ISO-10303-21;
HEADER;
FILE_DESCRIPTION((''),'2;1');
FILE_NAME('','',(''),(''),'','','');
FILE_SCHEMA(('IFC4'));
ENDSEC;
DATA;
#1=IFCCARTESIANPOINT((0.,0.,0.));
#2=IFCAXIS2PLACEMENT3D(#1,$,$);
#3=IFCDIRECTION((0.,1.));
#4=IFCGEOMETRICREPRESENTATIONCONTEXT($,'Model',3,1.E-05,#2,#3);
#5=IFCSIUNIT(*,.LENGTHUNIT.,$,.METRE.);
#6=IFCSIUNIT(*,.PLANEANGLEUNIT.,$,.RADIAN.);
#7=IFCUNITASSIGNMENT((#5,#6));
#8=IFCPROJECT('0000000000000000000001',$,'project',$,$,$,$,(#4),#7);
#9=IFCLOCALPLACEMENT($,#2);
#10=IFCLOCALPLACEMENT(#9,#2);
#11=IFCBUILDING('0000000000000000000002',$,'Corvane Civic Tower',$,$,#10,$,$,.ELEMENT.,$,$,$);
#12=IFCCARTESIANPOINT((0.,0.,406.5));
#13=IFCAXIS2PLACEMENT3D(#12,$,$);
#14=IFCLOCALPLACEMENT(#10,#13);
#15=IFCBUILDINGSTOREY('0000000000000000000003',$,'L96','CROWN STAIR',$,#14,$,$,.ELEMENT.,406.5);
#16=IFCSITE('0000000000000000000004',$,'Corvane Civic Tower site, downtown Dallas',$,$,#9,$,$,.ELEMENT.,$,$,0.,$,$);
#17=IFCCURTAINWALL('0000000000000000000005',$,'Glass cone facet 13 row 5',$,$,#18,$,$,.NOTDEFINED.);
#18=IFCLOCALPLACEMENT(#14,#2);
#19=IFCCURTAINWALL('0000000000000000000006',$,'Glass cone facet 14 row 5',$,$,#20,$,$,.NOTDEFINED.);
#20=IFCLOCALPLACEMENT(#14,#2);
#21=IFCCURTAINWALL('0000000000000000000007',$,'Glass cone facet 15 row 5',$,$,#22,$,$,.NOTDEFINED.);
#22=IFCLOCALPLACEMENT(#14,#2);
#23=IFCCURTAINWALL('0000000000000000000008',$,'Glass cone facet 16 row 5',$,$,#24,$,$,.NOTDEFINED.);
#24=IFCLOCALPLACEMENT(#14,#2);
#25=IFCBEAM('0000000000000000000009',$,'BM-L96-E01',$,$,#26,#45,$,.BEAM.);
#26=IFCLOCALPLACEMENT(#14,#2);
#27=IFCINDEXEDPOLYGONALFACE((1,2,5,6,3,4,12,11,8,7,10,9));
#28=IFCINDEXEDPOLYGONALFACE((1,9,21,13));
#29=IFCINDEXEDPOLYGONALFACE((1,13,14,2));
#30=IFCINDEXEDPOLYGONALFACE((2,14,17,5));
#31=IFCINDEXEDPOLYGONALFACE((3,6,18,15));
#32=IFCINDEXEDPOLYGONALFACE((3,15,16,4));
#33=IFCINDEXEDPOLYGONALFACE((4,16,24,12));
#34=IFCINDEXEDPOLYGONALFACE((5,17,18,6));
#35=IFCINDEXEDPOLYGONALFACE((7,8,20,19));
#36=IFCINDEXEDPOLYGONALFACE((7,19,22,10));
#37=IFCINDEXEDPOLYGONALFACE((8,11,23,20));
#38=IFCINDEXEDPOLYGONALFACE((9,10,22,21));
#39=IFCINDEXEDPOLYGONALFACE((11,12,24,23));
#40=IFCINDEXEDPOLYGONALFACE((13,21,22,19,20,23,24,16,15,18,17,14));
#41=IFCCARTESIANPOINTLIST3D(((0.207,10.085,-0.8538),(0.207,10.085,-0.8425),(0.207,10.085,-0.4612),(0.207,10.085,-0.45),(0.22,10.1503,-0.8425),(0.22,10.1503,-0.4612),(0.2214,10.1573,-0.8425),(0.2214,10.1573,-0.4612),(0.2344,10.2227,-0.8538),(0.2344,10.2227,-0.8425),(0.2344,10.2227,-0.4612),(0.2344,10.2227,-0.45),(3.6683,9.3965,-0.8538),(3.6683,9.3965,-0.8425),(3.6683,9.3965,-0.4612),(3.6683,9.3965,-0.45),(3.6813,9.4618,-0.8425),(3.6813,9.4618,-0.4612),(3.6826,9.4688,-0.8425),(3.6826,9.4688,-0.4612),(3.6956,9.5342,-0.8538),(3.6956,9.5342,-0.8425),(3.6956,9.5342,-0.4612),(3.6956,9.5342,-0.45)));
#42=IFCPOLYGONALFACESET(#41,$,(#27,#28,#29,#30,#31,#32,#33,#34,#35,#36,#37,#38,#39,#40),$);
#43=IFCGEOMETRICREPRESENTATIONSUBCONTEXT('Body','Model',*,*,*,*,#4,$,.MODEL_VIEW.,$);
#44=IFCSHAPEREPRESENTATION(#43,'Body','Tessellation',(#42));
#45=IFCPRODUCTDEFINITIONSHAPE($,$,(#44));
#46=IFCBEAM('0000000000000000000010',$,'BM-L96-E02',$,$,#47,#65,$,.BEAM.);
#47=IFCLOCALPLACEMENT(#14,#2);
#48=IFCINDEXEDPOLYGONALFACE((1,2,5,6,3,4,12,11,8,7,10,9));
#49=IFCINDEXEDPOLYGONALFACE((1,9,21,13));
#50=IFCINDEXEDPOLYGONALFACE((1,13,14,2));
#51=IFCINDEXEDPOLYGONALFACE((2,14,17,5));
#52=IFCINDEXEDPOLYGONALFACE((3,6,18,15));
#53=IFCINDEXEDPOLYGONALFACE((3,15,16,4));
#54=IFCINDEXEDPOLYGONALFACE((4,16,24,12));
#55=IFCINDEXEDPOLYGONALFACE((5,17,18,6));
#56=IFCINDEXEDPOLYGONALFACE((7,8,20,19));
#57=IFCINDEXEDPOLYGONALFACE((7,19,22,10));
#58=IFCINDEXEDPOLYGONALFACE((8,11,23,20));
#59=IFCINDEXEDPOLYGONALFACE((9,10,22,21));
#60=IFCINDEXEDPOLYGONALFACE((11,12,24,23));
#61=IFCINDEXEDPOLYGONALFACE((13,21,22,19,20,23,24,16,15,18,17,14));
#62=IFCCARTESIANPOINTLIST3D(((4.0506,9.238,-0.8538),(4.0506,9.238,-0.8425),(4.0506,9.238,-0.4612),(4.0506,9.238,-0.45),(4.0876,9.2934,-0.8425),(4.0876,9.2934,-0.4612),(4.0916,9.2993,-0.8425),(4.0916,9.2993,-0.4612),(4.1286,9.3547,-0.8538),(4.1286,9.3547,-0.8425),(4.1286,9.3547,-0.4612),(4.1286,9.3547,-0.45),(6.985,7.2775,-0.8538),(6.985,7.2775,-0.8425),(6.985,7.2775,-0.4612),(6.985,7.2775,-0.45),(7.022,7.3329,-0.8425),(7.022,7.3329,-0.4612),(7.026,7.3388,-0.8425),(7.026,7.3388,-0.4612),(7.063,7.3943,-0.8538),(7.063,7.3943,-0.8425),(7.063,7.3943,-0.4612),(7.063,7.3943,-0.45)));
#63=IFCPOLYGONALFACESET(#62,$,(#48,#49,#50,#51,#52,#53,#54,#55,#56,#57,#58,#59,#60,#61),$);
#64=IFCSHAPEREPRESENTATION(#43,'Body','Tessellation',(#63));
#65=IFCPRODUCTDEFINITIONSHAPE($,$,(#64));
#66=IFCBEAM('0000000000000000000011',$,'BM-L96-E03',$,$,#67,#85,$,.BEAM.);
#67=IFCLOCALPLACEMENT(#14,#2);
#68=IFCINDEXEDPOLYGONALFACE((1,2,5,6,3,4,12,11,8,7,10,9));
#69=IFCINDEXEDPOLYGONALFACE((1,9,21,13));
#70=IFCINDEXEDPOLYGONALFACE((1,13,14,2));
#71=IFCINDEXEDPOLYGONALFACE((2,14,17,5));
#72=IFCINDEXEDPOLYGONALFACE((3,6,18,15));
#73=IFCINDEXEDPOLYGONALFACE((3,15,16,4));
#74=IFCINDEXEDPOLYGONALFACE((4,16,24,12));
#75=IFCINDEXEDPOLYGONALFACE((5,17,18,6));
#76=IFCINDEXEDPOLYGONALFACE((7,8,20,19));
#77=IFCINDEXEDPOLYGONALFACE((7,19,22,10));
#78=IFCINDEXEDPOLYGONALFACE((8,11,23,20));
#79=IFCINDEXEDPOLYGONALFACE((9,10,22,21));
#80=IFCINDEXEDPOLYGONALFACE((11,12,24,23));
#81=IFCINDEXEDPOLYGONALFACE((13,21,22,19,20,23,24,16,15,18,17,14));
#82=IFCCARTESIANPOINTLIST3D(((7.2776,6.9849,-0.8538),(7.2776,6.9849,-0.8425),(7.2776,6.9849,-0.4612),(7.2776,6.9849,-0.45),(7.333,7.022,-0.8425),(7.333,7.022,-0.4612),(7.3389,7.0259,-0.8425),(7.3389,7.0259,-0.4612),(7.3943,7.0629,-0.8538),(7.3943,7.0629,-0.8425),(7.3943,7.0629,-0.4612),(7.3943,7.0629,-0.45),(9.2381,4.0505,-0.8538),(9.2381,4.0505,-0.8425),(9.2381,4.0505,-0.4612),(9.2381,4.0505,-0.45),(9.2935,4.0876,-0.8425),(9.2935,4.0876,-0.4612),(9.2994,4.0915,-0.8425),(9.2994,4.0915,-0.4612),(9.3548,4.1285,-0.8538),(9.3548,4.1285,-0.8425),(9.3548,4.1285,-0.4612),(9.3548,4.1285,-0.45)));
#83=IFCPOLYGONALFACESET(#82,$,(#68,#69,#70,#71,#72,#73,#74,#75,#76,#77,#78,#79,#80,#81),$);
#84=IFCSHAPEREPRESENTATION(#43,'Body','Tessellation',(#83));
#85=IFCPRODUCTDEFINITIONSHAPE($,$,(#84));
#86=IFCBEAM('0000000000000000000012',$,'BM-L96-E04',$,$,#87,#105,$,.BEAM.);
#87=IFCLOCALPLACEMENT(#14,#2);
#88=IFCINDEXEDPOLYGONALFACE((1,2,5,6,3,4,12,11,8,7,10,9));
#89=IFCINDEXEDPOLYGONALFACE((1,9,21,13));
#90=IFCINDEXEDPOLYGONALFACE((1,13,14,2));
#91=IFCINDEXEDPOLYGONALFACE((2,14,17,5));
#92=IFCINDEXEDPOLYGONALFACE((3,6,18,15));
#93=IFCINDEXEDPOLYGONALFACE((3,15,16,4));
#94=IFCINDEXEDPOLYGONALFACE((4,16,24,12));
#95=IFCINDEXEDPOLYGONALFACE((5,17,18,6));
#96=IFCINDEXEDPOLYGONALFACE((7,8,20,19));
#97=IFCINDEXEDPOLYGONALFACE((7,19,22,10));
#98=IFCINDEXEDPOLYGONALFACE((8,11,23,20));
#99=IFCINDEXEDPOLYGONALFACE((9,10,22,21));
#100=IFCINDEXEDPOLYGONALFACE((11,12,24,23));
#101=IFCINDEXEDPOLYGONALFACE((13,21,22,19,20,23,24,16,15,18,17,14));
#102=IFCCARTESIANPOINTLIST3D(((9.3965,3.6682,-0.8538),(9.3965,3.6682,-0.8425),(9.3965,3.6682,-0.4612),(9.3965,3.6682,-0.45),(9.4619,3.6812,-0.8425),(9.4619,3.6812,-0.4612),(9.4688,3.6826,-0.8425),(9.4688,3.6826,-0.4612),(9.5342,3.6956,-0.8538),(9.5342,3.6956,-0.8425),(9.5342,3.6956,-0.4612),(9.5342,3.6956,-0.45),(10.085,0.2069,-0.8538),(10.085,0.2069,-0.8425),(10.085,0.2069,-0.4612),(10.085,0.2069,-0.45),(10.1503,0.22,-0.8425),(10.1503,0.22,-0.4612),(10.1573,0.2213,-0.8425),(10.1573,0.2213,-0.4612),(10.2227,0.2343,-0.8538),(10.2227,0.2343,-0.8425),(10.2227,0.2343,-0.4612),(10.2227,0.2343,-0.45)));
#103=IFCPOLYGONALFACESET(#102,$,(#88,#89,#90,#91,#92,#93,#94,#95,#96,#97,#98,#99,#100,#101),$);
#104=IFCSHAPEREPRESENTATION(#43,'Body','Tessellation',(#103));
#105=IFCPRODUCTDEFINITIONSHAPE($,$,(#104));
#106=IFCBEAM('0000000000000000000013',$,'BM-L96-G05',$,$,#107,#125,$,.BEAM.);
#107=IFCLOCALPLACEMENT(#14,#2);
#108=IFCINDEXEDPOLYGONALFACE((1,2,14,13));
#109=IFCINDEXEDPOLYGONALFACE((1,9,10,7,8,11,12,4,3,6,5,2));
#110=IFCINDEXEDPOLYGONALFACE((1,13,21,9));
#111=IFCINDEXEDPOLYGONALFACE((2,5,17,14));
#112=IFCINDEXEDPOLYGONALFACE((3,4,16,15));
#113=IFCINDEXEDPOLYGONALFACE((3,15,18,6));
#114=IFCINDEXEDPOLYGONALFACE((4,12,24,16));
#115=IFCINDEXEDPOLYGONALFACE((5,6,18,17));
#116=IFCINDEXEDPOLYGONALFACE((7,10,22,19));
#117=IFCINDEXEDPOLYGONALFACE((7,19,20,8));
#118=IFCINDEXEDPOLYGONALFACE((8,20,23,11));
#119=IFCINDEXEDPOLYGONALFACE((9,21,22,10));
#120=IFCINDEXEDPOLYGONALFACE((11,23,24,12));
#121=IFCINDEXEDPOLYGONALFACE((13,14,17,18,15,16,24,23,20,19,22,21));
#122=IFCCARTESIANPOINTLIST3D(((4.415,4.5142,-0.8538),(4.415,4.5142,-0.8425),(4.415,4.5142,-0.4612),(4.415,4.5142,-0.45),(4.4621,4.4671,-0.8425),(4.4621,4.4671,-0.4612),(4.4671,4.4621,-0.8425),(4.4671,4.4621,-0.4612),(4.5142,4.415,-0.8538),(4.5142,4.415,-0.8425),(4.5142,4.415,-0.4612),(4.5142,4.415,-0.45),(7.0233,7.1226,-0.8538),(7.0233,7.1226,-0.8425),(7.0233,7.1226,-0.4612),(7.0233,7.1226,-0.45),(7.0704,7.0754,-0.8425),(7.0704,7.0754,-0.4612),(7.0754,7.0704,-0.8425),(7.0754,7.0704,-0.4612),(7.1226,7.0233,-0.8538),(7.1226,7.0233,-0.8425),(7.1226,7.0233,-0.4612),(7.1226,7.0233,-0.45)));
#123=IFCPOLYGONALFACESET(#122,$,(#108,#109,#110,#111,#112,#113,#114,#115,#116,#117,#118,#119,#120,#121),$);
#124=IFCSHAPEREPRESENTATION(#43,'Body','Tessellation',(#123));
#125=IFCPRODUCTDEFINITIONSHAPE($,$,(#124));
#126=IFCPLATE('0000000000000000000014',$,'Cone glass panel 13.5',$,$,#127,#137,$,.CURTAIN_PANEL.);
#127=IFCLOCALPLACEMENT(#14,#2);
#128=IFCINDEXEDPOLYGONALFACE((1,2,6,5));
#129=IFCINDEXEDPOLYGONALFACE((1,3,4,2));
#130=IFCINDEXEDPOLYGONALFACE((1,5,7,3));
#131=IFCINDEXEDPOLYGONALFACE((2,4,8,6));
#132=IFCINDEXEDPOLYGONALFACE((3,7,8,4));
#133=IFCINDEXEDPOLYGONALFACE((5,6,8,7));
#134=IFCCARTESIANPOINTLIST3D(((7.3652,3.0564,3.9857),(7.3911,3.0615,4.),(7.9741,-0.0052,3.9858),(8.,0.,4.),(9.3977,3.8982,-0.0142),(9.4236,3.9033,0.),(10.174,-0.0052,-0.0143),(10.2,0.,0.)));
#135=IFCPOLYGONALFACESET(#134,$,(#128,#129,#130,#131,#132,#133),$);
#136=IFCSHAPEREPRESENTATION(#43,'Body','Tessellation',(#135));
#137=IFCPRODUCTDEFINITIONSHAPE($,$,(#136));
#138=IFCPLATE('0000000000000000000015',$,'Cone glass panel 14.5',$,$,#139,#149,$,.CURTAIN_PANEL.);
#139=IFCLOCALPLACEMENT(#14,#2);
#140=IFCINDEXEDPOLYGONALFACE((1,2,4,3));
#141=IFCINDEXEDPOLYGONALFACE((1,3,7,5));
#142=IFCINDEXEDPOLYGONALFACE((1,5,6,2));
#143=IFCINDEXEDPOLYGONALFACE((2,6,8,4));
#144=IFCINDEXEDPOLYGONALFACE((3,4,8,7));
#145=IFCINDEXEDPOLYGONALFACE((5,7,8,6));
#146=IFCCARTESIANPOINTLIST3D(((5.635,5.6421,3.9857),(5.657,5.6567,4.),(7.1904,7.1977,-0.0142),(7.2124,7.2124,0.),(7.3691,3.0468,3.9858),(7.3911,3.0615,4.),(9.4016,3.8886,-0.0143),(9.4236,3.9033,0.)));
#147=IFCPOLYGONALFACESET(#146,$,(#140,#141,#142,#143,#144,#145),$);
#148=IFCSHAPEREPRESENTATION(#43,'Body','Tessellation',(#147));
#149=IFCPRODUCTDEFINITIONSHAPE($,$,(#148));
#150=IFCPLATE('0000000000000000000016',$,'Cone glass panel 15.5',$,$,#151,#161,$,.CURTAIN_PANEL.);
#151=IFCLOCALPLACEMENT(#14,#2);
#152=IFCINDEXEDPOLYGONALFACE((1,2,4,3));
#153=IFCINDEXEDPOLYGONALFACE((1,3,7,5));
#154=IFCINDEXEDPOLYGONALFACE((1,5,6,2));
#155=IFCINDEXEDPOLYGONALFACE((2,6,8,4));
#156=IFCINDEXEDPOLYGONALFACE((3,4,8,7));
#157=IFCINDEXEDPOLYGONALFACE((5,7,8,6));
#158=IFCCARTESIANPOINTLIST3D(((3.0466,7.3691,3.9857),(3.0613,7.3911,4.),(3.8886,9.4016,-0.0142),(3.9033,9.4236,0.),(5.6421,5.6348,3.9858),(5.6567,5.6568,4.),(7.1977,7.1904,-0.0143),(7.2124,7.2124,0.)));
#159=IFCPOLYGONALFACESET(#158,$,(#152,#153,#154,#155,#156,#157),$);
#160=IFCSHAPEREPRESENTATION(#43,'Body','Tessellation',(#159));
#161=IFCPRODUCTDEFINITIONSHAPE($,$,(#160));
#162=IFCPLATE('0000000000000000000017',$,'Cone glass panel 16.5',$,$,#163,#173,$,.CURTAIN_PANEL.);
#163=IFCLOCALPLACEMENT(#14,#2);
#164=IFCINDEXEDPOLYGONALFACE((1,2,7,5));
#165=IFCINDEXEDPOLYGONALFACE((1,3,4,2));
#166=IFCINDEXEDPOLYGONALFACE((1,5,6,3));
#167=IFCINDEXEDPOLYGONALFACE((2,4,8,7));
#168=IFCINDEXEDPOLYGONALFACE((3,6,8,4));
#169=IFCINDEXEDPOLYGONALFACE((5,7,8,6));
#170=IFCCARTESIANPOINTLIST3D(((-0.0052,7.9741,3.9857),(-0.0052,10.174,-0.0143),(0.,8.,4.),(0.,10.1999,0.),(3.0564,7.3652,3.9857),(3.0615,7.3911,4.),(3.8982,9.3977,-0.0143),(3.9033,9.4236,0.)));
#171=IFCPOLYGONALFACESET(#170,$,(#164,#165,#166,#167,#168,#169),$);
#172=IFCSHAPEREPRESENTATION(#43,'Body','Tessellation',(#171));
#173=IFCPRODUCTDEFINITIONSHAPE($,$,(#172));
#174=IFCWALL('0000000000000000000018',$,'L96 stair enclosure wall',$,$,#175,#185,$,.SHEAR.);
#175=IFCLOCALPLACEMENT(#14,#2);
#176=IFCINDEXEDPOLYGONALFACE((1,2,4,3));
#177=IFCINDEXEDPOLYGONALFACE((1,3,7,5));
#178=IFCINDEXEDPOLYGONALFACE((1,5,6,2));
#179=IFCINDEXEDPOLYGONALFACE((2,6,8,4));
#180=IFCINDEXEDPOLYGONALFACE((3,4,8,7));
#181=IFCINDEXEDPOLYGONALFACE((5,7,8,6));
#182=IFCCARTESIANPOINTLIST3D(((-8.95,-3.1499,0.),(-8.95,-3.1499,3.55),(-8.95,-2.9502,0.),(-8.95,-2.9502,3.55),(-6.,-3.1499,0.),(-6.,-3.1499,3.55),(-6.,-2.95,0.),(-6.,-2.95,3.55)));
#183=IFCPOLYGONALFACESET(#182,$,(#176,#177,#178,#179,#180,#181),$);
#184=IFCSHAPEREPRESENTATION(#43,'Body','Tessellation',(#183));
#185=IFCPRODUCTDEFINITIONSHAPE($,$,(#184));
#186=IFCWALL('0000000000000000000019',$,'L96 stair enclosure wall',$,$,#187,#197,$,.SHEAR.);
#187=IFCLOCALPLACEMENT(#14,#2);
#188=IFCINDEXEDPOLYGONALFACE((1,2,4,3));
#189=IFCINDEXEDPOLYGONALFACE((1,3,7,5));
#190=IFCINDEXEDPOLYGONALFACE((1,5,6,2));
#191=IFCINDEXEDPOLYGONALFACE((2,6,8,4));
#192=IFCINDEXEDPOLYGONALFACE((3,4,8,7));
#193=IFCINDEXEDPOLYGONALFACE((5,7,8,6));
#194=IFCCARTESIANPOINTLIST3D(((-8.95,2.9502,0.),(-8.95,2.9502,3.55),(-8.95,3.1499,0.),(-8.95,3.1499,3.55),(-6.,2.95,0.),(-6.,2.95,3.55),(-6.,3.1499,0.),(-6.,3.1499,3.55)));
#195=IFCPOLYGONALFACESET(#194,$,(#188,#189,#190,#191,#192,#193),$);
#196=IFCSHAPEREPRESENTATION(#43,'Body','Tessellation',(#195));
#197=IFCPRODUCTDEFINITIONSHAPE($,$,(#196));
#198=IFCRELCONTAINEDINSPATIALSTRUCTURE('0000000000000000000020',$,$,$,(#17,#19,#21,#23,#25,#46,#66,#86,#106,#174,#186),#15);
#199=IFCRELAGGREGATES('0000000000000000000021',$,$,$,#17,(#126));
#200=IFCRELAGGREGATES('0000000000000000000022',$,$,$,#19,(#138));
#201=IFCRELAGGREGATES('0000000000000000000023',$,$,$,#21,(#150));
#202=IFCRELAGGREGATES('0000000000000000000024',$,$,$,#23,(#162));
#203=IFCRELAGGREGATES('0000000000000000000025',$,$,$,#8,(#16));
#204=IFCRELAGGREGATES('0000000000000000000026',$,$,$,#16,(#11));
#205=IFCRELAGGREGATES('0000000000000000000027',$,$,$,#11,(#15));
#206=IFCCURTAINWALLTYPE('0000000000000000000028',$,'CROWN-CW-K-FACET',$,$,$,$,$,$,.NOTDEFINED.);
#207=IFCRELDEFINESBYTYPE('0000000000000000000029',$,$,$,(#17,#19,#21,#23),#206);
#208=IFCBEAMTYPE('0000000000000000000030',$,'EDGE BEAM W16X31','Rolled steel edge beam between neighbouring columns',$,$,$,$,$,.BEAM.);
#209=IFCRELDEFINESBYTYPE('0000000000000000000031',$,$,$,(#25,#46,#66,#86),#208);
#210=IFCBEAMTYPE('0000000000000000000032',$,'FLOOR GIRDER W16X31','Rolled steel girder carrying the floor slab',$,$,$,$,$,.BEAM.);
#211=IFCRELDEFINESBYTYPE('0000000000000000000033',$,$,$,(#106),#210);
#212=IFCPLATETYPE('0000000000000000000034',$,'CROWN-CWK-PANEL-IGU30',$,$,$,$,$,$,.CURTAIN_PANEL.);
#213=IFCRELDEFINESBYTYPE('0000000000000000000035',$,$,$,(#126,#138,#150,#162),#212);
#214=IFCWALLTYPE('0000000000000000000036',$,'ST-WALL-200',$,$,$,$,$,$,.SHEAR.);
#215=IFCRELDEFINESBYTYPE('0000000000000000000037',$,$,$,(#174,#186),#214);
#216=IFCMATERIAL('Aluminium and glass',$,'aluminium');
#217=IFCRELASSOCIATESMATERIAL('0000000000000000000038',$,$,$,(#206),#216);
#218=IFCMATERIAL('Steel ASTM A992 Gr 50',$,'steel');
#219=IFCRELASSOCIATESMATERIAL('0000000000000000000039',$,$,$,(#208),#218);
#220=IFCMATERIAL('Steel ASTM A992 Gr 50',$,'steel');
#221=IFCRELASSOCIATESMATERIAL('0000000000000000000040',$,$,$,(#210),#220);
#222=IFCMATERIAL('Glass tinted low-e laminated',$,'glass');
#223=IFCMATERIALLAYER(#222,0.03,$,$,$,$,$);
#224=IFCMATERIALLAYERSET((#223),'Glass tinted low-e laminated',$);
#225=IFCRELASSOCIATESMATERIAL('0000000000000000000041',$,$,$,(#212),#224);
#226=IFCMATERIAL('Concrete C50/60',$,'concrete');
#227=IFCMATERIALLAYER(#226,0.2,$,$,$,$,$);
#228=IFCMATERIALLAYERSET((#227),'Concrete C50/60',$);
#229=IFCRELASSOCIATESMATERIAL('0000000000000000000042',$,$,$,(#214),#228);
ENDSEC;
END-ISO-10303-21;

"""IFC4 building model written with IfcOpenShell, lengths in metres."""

from ifc_helpers import new_model, si_unit, direction, frame, origin, origin_2d, place, context, subcontext, project, spatial, polyline, i_section, outline, extrude, material, layer, layer_set, material_profile, profile_set, type_object, element, aggregate, save


model = new_model("IFC4")

# Units and contexts
model_context = context("Model", 3, precision=1e-05, world=origin(), true_north=direction((0.0, 1.0)))
body_context = subcontext(model_context, "Body", "Model", "MODEL_VIEW")
ifc_project = project(units=[si_unit("LENGTHUNIT", "METRE"), si_unit("PLANEANGLEUNIT", "RADIAN")], contexts=[model_context])

# Site, building, storey
site_placement = place(None, origin())
site = spatial("IfcSite", under=ifc_project, at=site_placement, Name="Corvane Civic Tower site, downtown Dallas", CompositionType="ELEMENT", RefElevation=0.0)
building_placement = place(site_placement, origin())
building = spatial("IfcBuilding", under=site, at=building_placement, Name="Corvane Civic Tower", CompositionType="ELEMENT")
storey_placement = place(building_placement, frame((0.0, 0.0, 406.5)))
storey = spatial("IfcBuildingStorey", under=building, at=storey_placement, Name="L96", Description="CROWN STAIR", CompositionType="ELEMENT", Elevation=406.5)

# Curtain walls
ifc_material_1 = material(Name="Aluminium and glass", Category="aluminium")
curtain_wall_type = type_object("IfcCurtainWallType", Name="CROWN-CW-K-FACET", PredefinedType="NOTDEFINED", material=ifc_material_1)
curtain_wall_1_placement = place(storey_placement, origin())
curtain_wall_1 = element("IfcCurtainWall", 1, at=curtain_wall_1_placement, inside=storey, type_object=curtain_wall_type, Name="Glass cone facet 13 row 5", PredefinedType="NOTDEFINED")
curtain_wall_2_placement = place(storey_placement, origin())
curtain_wall_2 = element("IfcCurtainWall", 2, at=curtain_wall_2_placement, inside=storey, type_object=curtain_wall_type, Name="Glass cone facet 14 row 5", PredefinedType="NOTDEFINED")
curtain_wall_3_placement = place(storey_placement, origin())
curtain_wall_3 = element("IfcCurtainWall", 3, at=curtain_wall_3_placement, inside=storey, type_object=curtain_wall_type, Name="Glass cone facet 15 row 5", PredefinedType="NOTDEFINED")
curtain_wall_4_placement = place(storey_placement, origin())
curtain_wall_4 = element("IfcCurtainWall", 4, at=curtain_wall_4_placement, inside=storey, type_object=curtain_wall_type, Name="Glass cone facet 16 row 5", PredefinedType="NOTDEFINED")

# Beams
ifc_material_2 = material(Name="Steel ASTM A992 Gr 50", Category="steel")
ifc_material_profile_1 = material_profile(ifc_material_2, i_section(OverallWidth=0.1404, OverallDepth=0.4038, WebThickness=0.0071, FlangeThickness=0.0112, at=origin_2d()), Name="W16X31")
ifc_profile_set_1 = profile_set([ifc_material_profile_1], Name="Steel ASTM A992 Gr 50")
beam_type_1 = type_object("IfcBeamType", Name="EDGE BEAM W16X31", Description="Rolled steel edge beam between neighbouring columns", PredefinedType="BEAM", material=ifc_profile_set_1)
for number, where, z_axis, x_axis, name in (
    (5, (0.2207, 10.1538, -0.6519), (0.980785, -0.195092, 0.0), (0.195092, 0.980785, 0.0), "BM-L96-E01"),
    (6, (4.0896, 9.2964, -0.6519), (0.831496, -0.55553, 0.0), (0.55553, 0.831496, 0.0), "BM-L96-E02"),
    (7, (7.3359, 7.0239, -0.6519), (0.55553, -0.831496, 0.0), (0.831496, 0.55553, 0.0), "BM-L96-E03"),
    (8, (9.4653, 3.6819, -0.6519), (0.195092, -0.980785, 0.0), (0.980785, 0.195092, 0.0), "BM-L96-E04"),
):
    element("IfcBeam", number, at=place(storey_placement, frame(where, z_axis=z_axis, x_axis=x_axis)), inside=storey, type_object=beam_type_1, Name=name, PredefinedType="BEAM", context=body_context, shape_type="SweptSolid", body=[
        extrude(i_section(OverallWidth=0.1404, OverallDepth=0.4038, WebThickness=0.0071, FlangeThickness=0.0112, at=origin_2d()), origin(), (0.0, 0.0, 1.0), 3.5291),
    ])
ifc_material_3 = material(Name="Steel ASTM A992 Gr 50", Category="steel")
ifc_material_profile_2 = material_profile(ifc_material_3, i_section(OverallWidth=0.1404, OverallDepth=0.4038, WebThickness=0.0071, FlangeThickness=0.0112, at=origin_2d()), Name="W16X31")
ifc_profile_set_2 = profile_set([ifc_material_profile_2], Name="Steel ASTM A992 Gr 50")
beam_type_2 = type_object("IfcBeamType", Name="FLOOR GIRDER W16X31", Description="Rolled steel girder carrying the floor slab", PredefinedType="BEAM", material=ifc_profile_set_2)
beam_1_placement = place(storey_placement, frame((4.4646, 4.4646, -0.6519), z_axis=(0.707107, 0.707107, 0.0), x_axis=(-0.707107, 0.707107, 0.0)))
element("IfcBeam", 9, at=beam_1_placement, inside=storey, type_object=beam_type_2, Name="BM-L96-G05", PredefinedType="BEAM", context=body_context, shape_type="SweptSolid", body=[
    extrude(i_section(OverallWidth=0.1404, OverallDepth=0.4038, WebThickness=0.0071, FlangeThickness=0.0112, at=origin_2d()), origin(), (0.0, 0.0, 1.0), 3.6887),
])

# Plates
ifc_material_4 = material(Name="Glass tinted low-e laminated", Category="glass")
ifc_layer_1 = layer(ifc_material_4, 0.03)
ifc_layer_set_1 = layer_set([ifc_layer_1], Name="Glass tinted low-e laminated")
plate_type = type_object("IfcPlateType", Name="CROWN-CWK-PANEL-IGU30", PredefinedType="CURTAIN_PANEL", material=ifc_layer_set_1)
plate_1_placement = place(storey_placement, frame((10.2, 0.0, 0.0), z_axis=(0.863212, 0.171686, 0.474751), x_axis=(-0.195073, 0.980789, 0.000003)))
plate_1 = element("IfcPlate", 10, at=plate_1_placement, type_object=plate_type, Name="Cone glass panel 13.5", PredefinedType="CURTAIN_PANEL", context=body_context, shape_type="SweptSolid", body=[
    extrude(outline(polyline([(0.0, 0.0), (3.9798, 0.0), (3.5506, 4.5448), (0.4292, 4.5448), (0.0, 0.0)])), origin(), (0.0, 0.0, -1.0), 0.03),
])
aggregate(curtain_wall_1, [plate_1])
plate_2_placement = place(storey_placement, frame((9.4236, 3.9033, 0.0), z_axis=(0.731788, 0.488988, 0.474738), x_axis=(-0.555589, 0.831457, 0.000002)))
plate_2 = element("IfcPlate", 11, at=plate_2_placement, type_object=plate_type, Name="Cone glass panel 14.5", PredefinedType="CURTAIN_PANEL", context=body_context, shape_type="SweptSolid", body=[
    extrude(outline(polyline([(0.0, 0.0), (3.9799, 0.0), (3.5506, 4.5448), (0.4293, 4.5448), (0.0, 0.0)])), origin(), (0.0, 0.0, -1.0), 0.03),
])
aggregate(curtain_wall_2, [plate_2])
plate_3_placement = place(storey_placement, frame((7.2124, 7.2124, 0.0), z_axis=(0.488987, 0.731771, 0.474767), x_axis=(-0.831453, 0.555595, 0.000002)))
plate_3 = element("IfcPlate", 12, at=plate_3_placement, type_object=plate_type, Name="Cone glass panel 15.5", PredefinedType="CURTAIN_PANEL", context=body_context, shape_type="SweptSolid", body=[
    extrude(outline(polyline([(0.0, 0.0), (3.9799, 0.0), (3.5508, 4.5449), (0.4292, 4.5449), (0.0, 0.0)])), origin(), (0.0, 0.0, -1.0), 0.03),
])
aggregate(curtain_wall_3, [plate_3])
plate_4_placement = place(storey_placement, frame((3.9033, 9.4236, 0.0), z_axis=(0.171686, 0.863212, 0.474751), x_axis=(-0.980789, 0.195073, -0.000003)))
plate_4 = element("IfcPlate", 13, at=plate_4_placement, type_object=plate_type, Name="Cone glass panel 16.5", PredefinedType="CURTAIN_PANEL", context=body_context, shape_type="SweptSolid", body=[
    extrude(outline(polyline([(0.0, 0.0), (3.9798, 0.0), (3.5506, 4.5448), (0.4291, 4.5448), (0.0, 0.0)])), origin(), (0.0, 0.0, -1.0), 0.03),
])
aggregate(curtain_wall_4, [plate_4])

# Walls
ifc_material_5 = material(Name="Concrete C50/60", Category="concrete")
ifc_layer_2 = layer(ifc_material_5, 0.2)
ifc_layer_set_2 = layer_set([ifc_layer_2], Name="Concrete C50/60")
wall_type = type_object("IfcWallType", Name="ST-WALL-200", PredefinedType="SHEAR", material=ifc_layer_set_2)
wall_1_placement = place(storey_placement, origin())
element("IfcWall", 14, at=wall_1_placement, inside=storey, type_object=wall_type, Name="L96 stair enclosure wall", PredefinedType="SHEAR", context=body_context, shape_type="SweptSolid", body=[
    extrude(outline(polyline([(-6.0, -3.1499), (-8.95, -3.1499), (-8.95, -2.9502), (-6.0, -2.95), (-6.0, -3.1499)])), origin(), (0.0, 0.0, 1.0), 3.55),
])
wall_2_placement = place(storey_placement, origin())
element("IfcWall", 15, at=wall_2_placement, inside=storey, type_object=wall_type, Name="L96 stair enclosure wall", PredefinedType="SHEAR", context=body_context, shape_type="SweptSolid", body=[
    extrude(outline(polyline([(-6.0, 2.95), (-8.95, 2.9502), (-8.95, 3.1499), (-6.0, 3.1499), (-6.0, 2.95)])), origin(), (0.0, 0.0, 1.0), 3.55),
])

save(model, "model.ifc")
